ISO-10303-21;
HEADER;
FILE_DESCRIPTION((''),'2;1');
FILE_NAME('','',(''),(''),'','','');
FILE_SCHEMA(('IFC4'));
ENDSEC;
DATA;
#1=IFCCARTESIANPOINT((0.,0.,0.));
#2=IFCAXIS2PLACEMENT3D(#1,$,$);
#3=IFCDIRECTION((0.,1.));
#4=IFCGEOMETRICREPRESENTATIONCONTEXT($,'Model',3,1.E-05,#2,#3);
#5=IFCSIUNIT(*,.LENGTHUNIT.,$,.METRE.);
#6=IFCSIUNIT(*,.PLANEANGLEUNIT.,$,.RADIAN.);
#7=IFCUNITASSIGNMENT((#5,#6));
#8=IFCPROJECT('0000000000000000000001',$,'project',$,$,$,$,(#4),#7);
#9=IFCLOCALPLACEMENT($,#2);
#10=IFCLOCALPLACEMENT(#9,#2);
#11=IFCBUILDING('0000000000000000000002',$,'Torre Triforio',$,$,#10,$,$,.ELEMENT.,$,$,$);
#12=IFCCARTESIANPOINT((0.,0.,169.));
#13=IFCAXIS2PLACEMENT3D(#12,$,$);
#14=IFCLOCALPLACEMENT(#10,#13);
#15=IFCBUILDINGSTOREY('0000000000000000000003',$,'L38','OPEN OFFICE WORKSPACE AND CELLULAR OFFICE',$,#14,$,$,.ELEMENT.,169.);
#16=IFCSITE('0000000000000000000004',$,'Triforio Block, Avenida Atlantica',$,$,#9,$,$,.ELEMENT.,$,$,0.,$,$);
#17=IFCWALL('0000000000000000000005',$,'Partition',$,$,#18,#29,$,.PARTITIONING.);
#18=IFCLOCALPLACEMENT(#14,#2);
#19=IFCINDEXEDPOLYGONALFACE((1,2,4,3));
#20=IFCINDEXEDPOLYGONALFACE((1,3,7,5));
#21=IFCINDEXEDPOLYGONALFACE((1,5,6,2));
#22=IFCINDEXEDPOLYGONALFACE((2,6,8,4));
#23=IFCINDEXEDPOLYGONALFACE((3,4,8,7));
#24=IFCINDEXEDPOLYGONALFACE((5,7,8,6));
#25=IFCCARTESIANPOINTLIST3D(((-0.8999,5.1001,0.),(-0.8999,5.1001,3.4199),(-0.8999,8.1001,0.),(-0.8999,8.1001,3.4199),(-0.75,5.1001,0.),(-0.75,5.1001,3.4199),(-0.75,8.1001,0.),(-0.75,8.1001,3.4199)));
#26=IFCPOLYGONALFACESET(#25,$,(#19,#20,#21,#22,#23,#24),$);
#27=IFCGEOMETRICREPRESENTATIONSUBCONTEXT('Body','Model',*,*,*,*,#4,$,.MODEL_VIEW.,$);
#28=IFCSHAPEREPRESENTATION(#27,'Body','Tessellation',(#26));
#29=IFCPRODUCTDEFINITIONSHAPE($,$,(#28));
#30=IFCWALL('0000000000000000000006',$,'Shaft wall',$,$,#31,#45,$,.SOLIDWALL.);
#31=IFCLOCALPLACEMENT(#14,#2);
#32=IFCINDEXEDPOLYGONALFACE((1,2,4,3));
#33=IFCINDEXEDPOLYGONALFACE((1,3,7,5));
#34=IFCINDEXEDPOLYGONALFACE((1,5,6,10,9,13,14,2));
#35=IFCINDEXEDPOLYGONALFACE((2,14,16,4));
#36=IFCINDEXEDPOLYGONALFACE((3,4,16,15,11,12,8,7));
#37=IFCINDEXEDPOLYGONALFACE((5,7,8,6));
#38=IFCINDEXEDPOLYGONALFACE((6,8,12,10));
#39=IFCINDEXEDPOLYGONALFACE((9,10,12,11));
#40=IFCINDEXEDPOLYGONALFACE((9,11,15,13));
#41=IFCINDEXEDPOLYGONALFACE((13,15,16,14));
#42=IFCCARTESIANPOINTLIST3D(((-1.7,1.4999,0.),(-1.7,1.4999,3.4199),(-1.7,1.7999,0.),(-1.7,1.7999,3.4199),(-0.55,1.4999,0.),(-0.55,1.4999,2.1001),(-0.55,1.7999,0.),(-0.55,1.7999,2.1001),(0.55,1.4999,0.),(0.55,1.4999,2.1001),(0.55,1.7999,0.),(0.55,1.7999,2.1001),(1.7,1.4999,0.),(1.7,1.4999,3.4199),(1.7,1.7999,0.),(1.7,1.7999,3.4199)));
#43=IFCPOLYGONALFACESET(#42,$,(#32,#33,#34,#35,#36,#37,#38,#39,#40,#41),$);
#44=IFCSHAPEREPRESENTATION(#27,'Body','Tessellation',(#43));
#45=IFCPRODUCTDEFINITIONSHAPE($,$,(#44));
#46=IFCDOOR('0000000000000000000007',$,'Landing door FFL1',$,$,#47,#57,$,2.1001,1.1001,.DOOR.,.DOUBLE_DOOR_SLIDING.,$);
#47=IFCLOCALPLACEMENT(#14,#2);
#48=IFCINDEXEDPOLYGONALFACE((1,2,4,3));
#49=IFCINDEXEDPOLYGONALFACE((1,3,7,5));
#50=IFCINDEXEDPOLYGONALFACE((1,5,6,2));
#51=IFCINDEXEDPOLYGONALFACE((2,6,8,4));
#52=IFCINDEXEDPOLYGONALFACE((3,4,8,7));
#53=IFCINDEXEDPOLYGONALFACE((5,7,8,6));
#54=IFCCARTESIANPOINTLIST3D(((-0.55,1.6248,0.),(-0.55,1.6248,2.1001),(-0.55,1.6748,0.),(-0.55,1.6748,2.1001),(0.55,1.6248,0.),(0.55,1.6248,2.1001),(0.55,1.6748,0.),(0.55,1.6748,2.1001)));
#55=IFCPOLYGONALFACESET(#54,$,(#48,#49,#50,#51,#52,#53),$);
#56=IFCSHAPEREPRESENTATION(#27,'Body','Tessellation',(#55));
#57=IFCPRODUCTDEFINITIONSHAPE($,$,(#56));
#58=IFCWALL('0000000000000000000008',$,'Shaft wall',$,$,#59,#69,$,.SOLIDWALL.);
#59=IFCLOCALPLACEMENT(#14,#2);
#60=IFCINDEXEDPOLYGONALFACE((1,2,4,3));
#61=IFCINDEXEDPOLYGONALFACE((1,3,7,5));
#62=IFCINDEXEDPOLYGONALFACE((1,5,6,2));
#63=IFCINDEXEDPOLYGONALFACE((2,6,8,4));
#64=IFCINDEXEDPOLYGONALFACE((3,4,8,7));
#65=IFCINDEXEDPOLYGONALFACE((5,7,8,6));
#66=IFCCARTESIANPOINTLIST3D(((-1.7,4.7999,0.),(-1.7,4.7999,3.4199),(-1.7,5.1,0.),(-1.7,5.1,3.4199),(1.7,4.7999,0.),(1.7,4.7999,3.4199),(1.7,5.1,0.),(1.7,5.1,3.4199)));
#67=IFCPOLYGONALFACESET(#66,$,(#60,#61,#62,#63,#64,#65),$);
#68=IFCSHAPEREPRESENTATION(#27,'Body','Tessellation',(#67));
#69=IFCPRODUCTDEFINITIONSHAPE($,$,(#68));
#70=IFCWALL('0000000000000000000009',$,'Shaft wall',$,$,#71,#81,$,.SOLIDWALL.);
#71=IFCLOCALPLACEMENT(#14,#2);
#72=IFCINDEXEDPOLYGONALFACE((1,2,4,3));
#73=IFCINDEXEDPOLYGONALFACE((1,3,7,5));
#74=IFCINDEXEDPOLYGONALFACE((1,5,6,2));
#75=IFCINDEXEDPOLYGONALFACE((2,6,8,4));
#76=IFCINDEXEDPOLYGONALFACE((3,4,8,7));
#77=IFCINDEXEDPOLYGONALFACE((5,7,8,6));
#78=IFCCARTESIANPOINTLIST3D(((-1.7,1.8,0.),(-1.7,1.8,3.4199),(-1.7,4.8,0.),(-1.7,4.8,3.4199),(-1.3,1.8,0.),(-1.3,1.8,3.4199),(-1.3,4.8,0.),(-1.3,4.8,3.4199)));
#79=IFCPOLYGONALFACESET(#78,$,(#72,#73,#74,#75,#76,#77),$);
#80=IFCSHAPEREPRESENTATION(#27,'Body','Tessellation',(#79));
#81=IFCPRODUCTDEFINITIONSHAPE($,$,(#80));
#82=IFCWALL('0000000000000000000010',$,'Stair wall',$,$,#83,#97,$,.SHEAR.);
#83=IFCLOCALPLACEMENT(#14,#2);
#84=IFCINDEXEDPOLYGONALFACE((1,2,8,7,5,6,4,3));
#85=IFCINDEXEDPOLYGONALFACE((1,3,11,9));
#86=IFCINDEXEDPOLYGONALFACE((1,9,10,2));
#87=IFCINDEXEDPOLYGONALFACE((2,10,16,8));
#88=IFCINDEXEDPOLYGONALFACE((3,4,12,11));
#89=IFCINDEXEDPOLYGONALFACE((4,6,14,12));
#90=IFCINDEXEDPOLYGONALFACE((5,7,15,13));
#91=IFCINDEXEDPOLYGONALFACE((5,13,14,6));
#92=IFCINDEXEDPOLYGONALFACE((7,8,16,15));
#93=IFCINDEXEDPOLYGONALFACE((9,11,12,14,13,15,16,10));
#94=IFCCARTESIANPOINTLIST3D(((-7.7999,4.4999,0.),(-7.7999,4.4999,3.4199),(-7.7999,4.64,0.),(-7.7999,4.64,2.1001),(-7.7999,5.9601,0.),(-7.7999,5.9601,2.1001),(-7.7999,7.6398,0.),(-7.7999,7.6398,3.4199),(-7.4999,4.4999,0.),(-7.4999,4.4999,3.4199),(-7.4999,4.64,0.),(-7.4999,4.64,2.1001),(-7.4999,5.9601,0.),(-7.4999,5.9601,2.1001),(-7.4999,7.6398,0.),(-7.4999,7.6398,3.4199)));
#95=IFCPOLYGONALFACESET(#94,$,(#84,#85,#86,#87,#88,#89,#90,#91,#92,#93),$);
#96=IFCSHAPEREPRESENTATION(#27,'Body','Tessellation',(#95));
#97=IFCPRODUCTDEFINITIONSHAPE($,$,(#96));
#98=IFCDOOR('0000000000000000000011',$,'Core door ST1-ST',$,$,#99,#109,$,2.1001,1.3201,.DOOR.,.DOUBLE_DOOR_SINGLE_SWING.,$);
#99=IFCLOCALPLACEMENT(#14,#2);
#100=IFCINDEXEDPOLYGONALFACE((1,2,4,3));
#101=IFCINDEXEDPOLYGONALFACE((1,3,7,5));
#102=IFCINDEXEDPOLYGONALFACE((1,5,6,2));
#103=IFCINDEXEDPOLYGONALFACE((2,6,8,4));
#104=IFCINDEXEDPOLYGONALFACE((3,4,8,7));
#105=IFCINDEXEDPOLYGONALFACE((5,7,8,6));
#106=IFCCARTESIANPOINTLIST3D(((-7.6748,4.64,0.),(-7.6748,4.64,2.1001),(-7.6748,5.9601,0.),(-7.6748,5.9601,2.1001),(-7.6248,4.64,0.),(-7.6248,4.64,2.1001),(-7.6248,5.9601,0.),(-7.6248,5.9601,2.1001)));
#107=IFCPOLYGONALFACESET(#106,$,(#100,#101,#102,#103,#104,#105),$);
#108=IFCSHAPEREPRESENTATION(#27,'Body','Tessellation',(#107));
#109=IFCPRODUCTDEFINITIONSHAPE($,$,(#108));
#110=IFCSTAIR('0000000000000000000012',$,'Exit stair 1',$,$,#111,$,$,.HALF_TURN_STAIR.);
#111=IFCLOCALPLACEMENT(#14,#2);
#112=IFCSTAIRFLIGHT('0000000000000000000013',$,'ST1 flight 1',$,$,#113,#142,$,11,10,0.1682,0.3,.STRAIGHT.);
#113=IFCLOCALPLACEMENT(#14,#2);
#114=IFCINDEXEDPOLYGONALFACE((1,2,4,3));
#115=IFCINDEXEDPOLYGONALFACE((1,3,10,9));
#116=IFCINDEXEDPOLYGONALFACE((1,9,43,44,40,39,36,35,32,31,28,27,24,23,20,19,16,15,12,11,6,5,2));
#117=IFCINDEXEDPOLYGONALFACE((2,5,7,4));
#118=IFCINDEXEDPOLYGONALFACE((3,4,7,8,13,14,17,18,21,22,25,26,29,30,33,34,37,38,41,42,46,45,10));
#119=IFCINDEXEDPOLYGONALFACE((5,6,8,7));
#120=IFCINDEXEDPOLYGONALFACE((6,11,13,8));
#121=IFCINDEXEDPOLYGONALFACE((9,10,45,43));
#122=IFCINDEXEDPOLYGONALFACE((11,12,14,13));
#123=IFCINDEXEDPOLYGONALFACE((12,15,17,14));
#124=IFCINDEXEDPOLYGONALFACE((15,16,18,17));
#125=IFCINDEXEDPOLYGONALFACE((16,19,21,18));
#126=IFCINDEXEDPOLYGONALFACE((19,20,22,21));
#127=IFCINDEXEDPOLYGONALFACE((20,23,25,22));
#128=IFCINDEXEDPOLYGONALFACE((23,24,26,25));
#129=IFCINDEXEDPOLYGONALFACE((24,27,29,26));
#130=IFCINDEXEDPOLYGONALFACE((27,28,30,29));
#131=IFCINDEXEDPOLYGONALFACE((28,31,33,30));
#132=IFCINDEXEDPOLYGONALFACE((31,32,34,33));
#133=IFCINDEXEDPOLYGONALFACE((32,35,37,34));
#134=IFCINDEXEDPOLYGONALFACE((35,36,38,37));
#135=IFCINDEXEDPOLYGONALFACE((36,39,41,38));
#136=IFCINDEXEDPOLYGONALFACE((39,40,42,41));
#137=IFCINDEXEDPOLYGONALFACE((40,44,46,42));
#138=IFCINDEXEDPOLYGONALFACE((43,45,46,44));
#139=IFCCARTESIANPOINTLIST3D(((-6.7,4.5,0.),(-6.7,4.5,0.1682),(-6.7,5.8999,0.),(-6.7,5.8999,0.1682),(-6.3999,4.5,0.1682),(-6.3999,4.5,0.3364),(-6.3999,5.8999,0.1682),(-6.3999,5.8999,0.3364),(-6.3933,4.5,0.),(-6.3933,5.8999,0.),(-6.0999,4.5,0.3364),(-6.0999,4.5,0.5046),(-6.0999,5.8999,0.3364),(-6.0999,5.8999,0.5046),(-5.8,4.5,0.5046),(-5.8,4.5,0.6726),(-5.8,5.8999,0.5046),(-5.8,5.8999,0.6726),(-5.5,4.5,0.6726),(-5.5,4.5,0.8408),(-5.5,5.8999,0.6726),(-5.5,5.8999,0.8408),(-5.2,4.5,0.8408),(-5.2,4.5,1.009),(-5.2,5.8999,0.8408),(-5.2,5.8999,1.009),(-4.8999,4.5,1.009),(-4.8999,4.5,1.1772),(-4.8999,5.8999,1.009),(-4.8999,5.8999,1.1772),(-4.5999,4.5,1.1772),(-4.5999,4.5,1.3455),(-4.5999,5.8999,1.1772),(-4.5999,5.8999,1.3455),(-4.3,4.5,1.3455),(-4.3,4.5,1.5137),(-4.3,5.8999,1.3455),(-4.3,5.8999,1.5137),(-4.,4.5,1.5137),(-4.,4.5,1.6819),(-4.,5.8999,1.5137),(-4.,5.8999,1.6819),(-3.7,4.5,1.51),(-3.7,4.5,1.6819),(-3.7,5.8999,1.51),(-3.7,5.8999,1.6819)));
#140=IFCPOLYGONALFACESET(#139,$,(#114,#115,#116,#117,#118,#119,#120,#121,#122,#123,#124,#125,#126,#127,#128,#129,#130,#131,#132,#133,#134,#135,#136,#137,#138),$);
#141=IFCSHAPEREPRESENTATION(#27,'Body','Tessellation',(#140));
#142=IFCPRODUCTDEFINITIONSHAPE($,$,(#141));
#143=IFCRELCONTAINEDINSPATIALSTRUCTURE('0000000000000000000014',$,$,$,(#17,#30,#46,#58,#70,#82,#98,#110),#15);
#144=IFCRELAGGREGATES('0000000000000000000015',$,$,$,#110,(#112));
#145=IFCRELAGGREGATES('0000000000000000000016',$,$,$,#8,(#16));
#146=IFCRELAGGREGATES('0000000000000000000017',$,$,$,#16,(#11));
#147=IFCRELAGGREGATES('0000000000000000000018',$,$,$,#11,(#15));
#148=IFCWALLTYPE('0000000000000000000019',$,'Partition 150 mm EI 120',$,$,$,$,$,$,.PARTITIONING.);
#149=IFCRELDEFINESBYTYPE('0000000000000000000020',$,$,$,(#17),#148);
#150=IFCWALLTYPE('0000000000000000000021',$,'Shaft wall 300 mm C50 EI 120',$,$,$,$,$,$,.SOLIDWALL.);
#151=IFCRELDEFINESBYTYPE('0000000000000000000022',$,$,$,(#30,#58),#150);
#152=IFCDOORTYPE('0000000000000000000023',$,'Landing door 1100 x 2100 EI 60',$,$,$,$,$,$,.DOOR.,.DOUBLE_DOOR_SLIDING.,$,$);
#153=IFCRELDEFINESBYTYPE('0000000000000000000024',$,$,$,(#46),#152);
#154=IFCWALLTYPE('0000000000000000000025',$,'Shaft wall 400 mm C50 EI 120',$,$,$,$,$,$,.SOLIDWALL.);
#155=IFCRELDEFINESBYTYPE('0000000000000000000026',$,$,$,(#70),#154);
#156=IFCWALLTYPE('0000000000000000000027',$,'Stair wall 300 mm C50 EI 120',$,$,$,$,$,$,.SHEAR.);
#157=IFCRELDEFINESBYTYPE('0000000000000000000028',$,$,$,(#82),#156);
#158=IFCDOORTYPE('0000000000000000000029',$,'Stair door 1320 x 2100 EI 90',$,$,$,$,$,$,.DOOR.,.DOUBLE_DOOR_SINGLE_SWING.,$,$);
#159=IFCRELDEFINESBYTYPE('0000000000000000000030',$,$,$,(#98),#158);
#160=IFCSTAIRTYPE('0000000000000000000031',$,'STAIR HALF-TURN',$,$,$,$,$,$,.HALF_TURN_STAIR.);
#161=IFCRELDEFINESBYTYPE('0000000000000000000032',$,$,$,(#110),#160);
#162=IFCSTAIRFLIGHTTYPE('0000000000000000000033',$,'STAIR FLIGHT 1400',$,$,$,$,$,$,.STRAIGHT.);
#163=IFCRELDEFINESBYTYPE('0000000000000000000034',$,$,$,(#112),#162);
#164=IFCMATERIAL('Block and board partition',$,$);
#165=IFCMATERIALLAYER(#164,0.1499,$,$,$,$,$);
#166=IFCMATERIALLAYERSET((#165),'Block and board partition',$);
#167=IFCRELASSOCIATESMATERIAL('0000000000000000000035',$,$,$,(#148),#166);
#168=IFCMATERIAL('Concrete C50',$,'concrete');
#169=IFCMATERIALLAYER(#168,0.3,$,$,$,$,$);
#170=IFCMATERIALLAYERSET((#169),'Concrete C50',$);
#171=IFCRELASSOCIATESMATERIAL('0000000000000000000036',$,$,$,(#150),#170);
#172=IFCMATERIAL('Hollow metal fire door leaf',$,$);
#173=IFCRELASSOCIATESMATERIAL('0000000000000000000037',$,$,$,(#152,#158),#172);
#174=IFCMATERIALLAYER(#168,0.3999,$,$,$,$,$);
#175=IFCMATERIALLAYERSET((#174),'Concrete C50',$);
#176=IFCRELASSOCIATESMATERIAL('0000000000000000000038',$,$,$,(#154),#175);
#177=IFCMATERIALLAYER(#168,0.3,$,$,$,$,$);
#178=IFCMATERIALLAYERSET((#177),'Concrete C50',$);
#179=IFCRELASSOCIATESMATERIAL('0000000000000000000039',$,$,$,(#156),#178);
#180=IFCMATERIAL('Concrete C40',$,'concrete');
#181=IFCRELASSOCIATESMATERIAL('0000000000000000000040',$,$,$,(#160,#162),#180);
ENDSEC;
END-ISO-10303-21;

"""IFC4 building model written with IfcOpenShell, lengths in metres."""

from ifc_helpers import new_model, si_unit, direction, frame, frame_2d, origin, place, context, subcontext, project, spatial, polyline, rectangle, outline, extrude, material, layer, layer_set, type_object, element, fill, aggregate, save


model = new_model("IFC4")

# Units and contexts
model_context = context("Model", 3, precision=1e-05, world=origin(), true_north=direction((0.0, 1.0)))
body_context = subcontext(model_context, "Body", "Model", "MODEL_VIEW")
ifc_project = project(units=[si_unit("LENGTHUNIT", "METRE"), si_unit("PLANEANGLEUNIT", "RADIAN")], contexts=[model_context])

# Site, building, storey
site_placement = place(None, origin())
site = spatial("IfcSite", under=ifc_project, at=site_placement, Name="Triforio Block, Avenida Atlantica", CompositionType="ELEMENT", RefElevation=0.0)
building_placement = place(site_placement, origin())
building = spatial("IfcBuilding", under=site, at=building_placement, Name="Torre Triforio", CompositionType="ELEMENT")
storey_placement = place(building_placement, frame((0.0, 0.0, 169.0)))
storey = spatial("IfcBuildingStorey", under=building, at=storey_placement, Name="L38", Description="OPEN OFFICE WORKSPACE AND CELLULAR OFFICE", CompositionType="ELEMENT", Elevation=169.0)

# Shared definitions
ifc_material_1 = material(Name="Concrete C40", Category="concrete")

# Wall
ifc_material_2 = material(Name="Concrete C50", Category="concrete")
ifc_material_3 = material(Name="Block and board partition")
ifc_layer_1 = layer(ifc_material_3, 0.1499)
ifc_layer_set_1 = layer_set([ifc_layer_1], Name="Block and board partition")
wall_type_1 = type_object("IfcWallType", Name="Partition 150 mm EI 120", PredefinedType="PARTITIONING", material=ifc_layer_set_1)
wall_1_placement = place(storey_placement, frame((-0.825, 5.1001, 0.0), z_axis=(0.0, 0.0, 1.0), x_axis=(0.0, 1.0, 0.0)))
element("IfcWall", 1, at=wall_1_placement, inside=storey, type_object=wall_type_1, Name="Partition", PredefinedType="PARTITIONING", context=body_context, shape_type="SweptSolid", body=[
    extrude(rectangle(XDim=3.0, YDim=0.1499, at=frame_2d((1.5, 0.0))), origin(), (0.0, 0.0, 1.0), 3.4199),
])

# Wall, opening, door
ifc_layer_2 = layer(ifc_material_2, 0.3)
ifc_layer_set_2 = layer_set([ifc_layer_2], Name="Concrete C50")
wall_type_2 = type_object("IfcWallType", Name="Shaft wall 300 mm C50 EI 120", PredefinedType="SOLIDWALL", material=ifc_layer_set_2)
wall_2_placement = place(storey_placement, frame((-1.7, 1.6499, 0.0), z_axis=(0.0, 0.0, 1.0), x_axis=(1.0, 0.0, 0.0)))
wall_2 = element("IfcWall", 2, at=wall_2_placement, inside=storey, type_object=wall_type_2, Name="Shaft wall", PredefinedType="SOLIDWALL", context=body_context, shape_type="SweptSolid", body=[
    extrude(rectangle(XDim=3.3999, YDim=0.3, at=frame_2d((1.7, 0.0))), origin(), (0.0, 0.0, 1.0), 3.4199),
])
opening_1_placement = place(wall_2_placement, frame((1.1499, 0.0, 0.0)))
opening_1 = element("IfcOpeningElement", 3, at=opening_1_placement, cuts=wall_2, PredefinedType="OPENING", context=body_context, shape_type="SweptSolid", body=[
    extrude(rectangle(XDim=1.1001, YDim=2.1001, at=frame_2d((0.55, 1.05))), frame((0.0, 0.1599, 0.0), z_axis=(0.0, -1.0, 0.0), x_axis=(1.0, 0.0, 0.0)), (0.0, 0.0, 1.0), 0.3201),
])
ifc_material_4 = material(Name="Hollow metal fire door leaf")
door_type_1 = type_object("IfcDoorType", Name="Landing door 1100 x 2100 EI 60", OperationType="DOUBLE_DOOR_SLIDING", PredefinedType="DOOR", material=ifc_material_4)
door_1_placement = place(opening_1_placement, origin())
door_1 = element("IfcDoor", 4, at=door_1_placement, inside=storey, type_object=door_type_1, Name="Landing door FFL1", OperationType="DOUBLE_DOOR_SLIDING", OverallHeight=2.1001, OverallWidth=1.1001, PredefinedType="DOOR", context=body_context, shape_type="SweptSolid", body=[
    extrude(rectangle(XDim=1.1001, YDim=2.1001, at=frame_2d((0.55, 1.05))), frame((0.0, 0.0249, 0.0), z_axis=(0.0, -1.0, 0.0), x_axis=(1.0, 0.0, 0.0)), (0.0, 0.0, 1.0), 0.05),
])
fill(opening_1, door_1)

# Walls
wall_3_placement = place(storey_placement, frame((-1.7, 4.95, 0.0), z_axis=(0.0, 0.0, 1.0), x_axis=(1.0, 0.0, 0.0)))
element("IfcWall", 5, at=wall_3_placement, inside=storey, type_object=wall_type_2, Name="Shaft wall", PredefinedType="SOLIDWALL", context=body_context, shape_type="SweptSolid", body=[
    extrude(rectangle(XDim=3.3999, YDim=0.3, at=frame_2d((1.7, 0.0))), origin(), (0.0, 0.0, 1.0), 3.4199),
])
ifc_layer_3 = layer(ifc_material_2, 0.3999)
ifc_layer_set_3 = layer_set([ifc_layer_3], Name="Concrete C50")
wall_type_3 = type_object("IfcWallType", Name="Shaft wall 400 mm C50 EI 120", PredefinedType="SOLIDWALL", material=ifc_layer_set_3)
wall_4_placement = place(storey_placement, frame((-1.5, 1.8, 0.0), z_axis=(0.0, 0.0, 1.0), x_axis=(0.0, 1.0, 0.0)))
element("IfcWall", 6, at=wall_4_placement, inside=storey, type_object=wall_type_3, Name="Shaft wall", PredefinedType="SOLIDWALL", context=body_context, shape_type="SweptSolid", body=[
    extrude(rectangle(XDim=3.0, YDim=0.3999, at=frame_2d((1.5, 0.0))), origin(), (0.0, 0.0, 1.0), 3.4199),
])

# Wall, opening, door
ifc_layer_4 = layer(ifc_material_2, 0.3)
ifc_layer_set_4 = layer_set([ifc_layer_4], Name="Concrete C50")
wall_type_4 = type_object("IfcWallType", Name="Stair wall 300 mm C50 EI 120", PredefinedType="SHEAR", material=ifc_layer_set_4)
wall_5_placement = place(storey_placement, frame((-7.6499, 4.5, 0.0), z_axis=(0.0, 0.0, 1.0), x_axis=(0.0, 1.0, 0.0)))
wall_5 = element("IfcWall", 7, at=wall_5_placement, inside=storey, type_object=wall_type_4, Name="Stair wall", PredefinedType="SHEAR", context=body_context, shape_type="SweptSolid", body=[
    extrude(rectangle(XDim=3.1399, YDim=0.3, at=frame_2d((1.5698, 0.0))), origin(), (0.0, 0.0, 1.0), 3.4199),
])
opening_2_placement = place(wall_5_placement, frame((0.1399, 0.0, 0.0)))
opening_2 = element("IfcOpeningElement", 8, at=opening_2_placement, cuts=wall_5, PredefinedType="OPENING", context=body_context, shape_type="SweptSolid", body=[
    extrude(rectangle(XDim=1.3201, YDim=2.1001, at=frame_2d((0.6602, 1.05))), frame((0.0, 0.1599, 0.0), z_axis=(0.0, -1.0, 0.0), x_axis=(1.0, 0.0, 0.0)), (0.0, 0.0, 1.0), 0.3201),
])
door_type_2 = type_object("IfcDoorType", Name="Stair door 1320 x 2100 EI 90", OperationType="DOUBLE_DOOR_SINGLE_SWING", PredefinedType="DOOR", material=ifc_material_4)
door_2_placement = place(opening_2_placement, origin())
door_2 = element("IfcDoor", 9, at=door_2_placement, inside=storey, type_object=door_type_2, Name="Core door ST1-ST", OperationType="DOUBLE_DOOR_SINGLE_SWING", OverallHeight=2.1001, OverallWidth=1.3201, PredefinedType="DOOR", context=body_context, shape_type="SweptSolid", body=[
    extrude(rectangle(XDim=1.3201, YDim=2.1001, at=frame_2d((0.6602, 1.05))), frame((0.0, 0.0249, 0.0), z_axis=(0.0, -1.0, 0.0), x_axis=(1.0, 0.0, 0.0)), (0.0, 0.0, 1.0), 0.05),
])
fill(opening_2, door_2)

# Stair, stair flight
stair_type = type_object("IfcStairType", Name="STAIR HALF-TURN", PredefinedType="HALF_TURN_STAIR", material=ifc_material_1)
stair_placement = place(storey_placement, origin())
stair = element("IfcStair", 10, at=stair_placement, inside=storey, type_object=stair_type, Name="Exit stair 1", PredefinedType="HALF_TURN_STAIR")
stair_flight_type = type_object("IfcStairFlightType", Name="STAIR FLIGHT 1400", PredefinedType="STRAIGHT", material=ifc_material_1)
stair_flight_placement = place(storey_placement, frame((-6.7, 5.2, 0.0), z_axis=(0.0, 0.0, 1.0), x_axis=(1.0, 0.0, 0.0)))
stair_flight = element("IfcStairFlight", 11, at=stair_flight_placement, type_object=stair_flight_type, Name="ST1 flight 1", NumberOfRisers=11, NumberOfTreads=10, PredefinedType="STRAIGHT", RiserHeight=0.1682, TreadLength=0.3, context=body_context, shape_type="SweptSolid", body=[
    extrude(outline(polyline([(0.0, 0.0), (0.0, 0.1682), (0.3, 0.1682), (0.3, 0.3364), (0.6001, 0.3364), (0.6001, 0.5046), (0.8999, 0.5046), (0.8999, 0.6726), (1.2, 0.6726), (1.2, 0.8408), (1.5, 0.8408), (1.5, 1.009), (1.8, 1.009), (1.8, 1.1772), (2.1001, 1.1772), (2.1001, 1.3455), (2.3999, 1.3455), (2.3999, 1.5137), (2.7, 1.5137), (2.7, 1.6819), (3.0, 1.6819), (3.0, 1.8501), (3.0, 1.51), (0.3066, 0.0), (0.0, 0.0)])), frame((0.0, 0.7, 0.0), z_axis=(0.0, -1.0, 0.0), x_axis=(1.0, 0.0, 0.0)), (0.0, 0.0, 1.0), 1.3999),
])
aggregate(stair, [stair_flight])

save(model, "model.ifc")
